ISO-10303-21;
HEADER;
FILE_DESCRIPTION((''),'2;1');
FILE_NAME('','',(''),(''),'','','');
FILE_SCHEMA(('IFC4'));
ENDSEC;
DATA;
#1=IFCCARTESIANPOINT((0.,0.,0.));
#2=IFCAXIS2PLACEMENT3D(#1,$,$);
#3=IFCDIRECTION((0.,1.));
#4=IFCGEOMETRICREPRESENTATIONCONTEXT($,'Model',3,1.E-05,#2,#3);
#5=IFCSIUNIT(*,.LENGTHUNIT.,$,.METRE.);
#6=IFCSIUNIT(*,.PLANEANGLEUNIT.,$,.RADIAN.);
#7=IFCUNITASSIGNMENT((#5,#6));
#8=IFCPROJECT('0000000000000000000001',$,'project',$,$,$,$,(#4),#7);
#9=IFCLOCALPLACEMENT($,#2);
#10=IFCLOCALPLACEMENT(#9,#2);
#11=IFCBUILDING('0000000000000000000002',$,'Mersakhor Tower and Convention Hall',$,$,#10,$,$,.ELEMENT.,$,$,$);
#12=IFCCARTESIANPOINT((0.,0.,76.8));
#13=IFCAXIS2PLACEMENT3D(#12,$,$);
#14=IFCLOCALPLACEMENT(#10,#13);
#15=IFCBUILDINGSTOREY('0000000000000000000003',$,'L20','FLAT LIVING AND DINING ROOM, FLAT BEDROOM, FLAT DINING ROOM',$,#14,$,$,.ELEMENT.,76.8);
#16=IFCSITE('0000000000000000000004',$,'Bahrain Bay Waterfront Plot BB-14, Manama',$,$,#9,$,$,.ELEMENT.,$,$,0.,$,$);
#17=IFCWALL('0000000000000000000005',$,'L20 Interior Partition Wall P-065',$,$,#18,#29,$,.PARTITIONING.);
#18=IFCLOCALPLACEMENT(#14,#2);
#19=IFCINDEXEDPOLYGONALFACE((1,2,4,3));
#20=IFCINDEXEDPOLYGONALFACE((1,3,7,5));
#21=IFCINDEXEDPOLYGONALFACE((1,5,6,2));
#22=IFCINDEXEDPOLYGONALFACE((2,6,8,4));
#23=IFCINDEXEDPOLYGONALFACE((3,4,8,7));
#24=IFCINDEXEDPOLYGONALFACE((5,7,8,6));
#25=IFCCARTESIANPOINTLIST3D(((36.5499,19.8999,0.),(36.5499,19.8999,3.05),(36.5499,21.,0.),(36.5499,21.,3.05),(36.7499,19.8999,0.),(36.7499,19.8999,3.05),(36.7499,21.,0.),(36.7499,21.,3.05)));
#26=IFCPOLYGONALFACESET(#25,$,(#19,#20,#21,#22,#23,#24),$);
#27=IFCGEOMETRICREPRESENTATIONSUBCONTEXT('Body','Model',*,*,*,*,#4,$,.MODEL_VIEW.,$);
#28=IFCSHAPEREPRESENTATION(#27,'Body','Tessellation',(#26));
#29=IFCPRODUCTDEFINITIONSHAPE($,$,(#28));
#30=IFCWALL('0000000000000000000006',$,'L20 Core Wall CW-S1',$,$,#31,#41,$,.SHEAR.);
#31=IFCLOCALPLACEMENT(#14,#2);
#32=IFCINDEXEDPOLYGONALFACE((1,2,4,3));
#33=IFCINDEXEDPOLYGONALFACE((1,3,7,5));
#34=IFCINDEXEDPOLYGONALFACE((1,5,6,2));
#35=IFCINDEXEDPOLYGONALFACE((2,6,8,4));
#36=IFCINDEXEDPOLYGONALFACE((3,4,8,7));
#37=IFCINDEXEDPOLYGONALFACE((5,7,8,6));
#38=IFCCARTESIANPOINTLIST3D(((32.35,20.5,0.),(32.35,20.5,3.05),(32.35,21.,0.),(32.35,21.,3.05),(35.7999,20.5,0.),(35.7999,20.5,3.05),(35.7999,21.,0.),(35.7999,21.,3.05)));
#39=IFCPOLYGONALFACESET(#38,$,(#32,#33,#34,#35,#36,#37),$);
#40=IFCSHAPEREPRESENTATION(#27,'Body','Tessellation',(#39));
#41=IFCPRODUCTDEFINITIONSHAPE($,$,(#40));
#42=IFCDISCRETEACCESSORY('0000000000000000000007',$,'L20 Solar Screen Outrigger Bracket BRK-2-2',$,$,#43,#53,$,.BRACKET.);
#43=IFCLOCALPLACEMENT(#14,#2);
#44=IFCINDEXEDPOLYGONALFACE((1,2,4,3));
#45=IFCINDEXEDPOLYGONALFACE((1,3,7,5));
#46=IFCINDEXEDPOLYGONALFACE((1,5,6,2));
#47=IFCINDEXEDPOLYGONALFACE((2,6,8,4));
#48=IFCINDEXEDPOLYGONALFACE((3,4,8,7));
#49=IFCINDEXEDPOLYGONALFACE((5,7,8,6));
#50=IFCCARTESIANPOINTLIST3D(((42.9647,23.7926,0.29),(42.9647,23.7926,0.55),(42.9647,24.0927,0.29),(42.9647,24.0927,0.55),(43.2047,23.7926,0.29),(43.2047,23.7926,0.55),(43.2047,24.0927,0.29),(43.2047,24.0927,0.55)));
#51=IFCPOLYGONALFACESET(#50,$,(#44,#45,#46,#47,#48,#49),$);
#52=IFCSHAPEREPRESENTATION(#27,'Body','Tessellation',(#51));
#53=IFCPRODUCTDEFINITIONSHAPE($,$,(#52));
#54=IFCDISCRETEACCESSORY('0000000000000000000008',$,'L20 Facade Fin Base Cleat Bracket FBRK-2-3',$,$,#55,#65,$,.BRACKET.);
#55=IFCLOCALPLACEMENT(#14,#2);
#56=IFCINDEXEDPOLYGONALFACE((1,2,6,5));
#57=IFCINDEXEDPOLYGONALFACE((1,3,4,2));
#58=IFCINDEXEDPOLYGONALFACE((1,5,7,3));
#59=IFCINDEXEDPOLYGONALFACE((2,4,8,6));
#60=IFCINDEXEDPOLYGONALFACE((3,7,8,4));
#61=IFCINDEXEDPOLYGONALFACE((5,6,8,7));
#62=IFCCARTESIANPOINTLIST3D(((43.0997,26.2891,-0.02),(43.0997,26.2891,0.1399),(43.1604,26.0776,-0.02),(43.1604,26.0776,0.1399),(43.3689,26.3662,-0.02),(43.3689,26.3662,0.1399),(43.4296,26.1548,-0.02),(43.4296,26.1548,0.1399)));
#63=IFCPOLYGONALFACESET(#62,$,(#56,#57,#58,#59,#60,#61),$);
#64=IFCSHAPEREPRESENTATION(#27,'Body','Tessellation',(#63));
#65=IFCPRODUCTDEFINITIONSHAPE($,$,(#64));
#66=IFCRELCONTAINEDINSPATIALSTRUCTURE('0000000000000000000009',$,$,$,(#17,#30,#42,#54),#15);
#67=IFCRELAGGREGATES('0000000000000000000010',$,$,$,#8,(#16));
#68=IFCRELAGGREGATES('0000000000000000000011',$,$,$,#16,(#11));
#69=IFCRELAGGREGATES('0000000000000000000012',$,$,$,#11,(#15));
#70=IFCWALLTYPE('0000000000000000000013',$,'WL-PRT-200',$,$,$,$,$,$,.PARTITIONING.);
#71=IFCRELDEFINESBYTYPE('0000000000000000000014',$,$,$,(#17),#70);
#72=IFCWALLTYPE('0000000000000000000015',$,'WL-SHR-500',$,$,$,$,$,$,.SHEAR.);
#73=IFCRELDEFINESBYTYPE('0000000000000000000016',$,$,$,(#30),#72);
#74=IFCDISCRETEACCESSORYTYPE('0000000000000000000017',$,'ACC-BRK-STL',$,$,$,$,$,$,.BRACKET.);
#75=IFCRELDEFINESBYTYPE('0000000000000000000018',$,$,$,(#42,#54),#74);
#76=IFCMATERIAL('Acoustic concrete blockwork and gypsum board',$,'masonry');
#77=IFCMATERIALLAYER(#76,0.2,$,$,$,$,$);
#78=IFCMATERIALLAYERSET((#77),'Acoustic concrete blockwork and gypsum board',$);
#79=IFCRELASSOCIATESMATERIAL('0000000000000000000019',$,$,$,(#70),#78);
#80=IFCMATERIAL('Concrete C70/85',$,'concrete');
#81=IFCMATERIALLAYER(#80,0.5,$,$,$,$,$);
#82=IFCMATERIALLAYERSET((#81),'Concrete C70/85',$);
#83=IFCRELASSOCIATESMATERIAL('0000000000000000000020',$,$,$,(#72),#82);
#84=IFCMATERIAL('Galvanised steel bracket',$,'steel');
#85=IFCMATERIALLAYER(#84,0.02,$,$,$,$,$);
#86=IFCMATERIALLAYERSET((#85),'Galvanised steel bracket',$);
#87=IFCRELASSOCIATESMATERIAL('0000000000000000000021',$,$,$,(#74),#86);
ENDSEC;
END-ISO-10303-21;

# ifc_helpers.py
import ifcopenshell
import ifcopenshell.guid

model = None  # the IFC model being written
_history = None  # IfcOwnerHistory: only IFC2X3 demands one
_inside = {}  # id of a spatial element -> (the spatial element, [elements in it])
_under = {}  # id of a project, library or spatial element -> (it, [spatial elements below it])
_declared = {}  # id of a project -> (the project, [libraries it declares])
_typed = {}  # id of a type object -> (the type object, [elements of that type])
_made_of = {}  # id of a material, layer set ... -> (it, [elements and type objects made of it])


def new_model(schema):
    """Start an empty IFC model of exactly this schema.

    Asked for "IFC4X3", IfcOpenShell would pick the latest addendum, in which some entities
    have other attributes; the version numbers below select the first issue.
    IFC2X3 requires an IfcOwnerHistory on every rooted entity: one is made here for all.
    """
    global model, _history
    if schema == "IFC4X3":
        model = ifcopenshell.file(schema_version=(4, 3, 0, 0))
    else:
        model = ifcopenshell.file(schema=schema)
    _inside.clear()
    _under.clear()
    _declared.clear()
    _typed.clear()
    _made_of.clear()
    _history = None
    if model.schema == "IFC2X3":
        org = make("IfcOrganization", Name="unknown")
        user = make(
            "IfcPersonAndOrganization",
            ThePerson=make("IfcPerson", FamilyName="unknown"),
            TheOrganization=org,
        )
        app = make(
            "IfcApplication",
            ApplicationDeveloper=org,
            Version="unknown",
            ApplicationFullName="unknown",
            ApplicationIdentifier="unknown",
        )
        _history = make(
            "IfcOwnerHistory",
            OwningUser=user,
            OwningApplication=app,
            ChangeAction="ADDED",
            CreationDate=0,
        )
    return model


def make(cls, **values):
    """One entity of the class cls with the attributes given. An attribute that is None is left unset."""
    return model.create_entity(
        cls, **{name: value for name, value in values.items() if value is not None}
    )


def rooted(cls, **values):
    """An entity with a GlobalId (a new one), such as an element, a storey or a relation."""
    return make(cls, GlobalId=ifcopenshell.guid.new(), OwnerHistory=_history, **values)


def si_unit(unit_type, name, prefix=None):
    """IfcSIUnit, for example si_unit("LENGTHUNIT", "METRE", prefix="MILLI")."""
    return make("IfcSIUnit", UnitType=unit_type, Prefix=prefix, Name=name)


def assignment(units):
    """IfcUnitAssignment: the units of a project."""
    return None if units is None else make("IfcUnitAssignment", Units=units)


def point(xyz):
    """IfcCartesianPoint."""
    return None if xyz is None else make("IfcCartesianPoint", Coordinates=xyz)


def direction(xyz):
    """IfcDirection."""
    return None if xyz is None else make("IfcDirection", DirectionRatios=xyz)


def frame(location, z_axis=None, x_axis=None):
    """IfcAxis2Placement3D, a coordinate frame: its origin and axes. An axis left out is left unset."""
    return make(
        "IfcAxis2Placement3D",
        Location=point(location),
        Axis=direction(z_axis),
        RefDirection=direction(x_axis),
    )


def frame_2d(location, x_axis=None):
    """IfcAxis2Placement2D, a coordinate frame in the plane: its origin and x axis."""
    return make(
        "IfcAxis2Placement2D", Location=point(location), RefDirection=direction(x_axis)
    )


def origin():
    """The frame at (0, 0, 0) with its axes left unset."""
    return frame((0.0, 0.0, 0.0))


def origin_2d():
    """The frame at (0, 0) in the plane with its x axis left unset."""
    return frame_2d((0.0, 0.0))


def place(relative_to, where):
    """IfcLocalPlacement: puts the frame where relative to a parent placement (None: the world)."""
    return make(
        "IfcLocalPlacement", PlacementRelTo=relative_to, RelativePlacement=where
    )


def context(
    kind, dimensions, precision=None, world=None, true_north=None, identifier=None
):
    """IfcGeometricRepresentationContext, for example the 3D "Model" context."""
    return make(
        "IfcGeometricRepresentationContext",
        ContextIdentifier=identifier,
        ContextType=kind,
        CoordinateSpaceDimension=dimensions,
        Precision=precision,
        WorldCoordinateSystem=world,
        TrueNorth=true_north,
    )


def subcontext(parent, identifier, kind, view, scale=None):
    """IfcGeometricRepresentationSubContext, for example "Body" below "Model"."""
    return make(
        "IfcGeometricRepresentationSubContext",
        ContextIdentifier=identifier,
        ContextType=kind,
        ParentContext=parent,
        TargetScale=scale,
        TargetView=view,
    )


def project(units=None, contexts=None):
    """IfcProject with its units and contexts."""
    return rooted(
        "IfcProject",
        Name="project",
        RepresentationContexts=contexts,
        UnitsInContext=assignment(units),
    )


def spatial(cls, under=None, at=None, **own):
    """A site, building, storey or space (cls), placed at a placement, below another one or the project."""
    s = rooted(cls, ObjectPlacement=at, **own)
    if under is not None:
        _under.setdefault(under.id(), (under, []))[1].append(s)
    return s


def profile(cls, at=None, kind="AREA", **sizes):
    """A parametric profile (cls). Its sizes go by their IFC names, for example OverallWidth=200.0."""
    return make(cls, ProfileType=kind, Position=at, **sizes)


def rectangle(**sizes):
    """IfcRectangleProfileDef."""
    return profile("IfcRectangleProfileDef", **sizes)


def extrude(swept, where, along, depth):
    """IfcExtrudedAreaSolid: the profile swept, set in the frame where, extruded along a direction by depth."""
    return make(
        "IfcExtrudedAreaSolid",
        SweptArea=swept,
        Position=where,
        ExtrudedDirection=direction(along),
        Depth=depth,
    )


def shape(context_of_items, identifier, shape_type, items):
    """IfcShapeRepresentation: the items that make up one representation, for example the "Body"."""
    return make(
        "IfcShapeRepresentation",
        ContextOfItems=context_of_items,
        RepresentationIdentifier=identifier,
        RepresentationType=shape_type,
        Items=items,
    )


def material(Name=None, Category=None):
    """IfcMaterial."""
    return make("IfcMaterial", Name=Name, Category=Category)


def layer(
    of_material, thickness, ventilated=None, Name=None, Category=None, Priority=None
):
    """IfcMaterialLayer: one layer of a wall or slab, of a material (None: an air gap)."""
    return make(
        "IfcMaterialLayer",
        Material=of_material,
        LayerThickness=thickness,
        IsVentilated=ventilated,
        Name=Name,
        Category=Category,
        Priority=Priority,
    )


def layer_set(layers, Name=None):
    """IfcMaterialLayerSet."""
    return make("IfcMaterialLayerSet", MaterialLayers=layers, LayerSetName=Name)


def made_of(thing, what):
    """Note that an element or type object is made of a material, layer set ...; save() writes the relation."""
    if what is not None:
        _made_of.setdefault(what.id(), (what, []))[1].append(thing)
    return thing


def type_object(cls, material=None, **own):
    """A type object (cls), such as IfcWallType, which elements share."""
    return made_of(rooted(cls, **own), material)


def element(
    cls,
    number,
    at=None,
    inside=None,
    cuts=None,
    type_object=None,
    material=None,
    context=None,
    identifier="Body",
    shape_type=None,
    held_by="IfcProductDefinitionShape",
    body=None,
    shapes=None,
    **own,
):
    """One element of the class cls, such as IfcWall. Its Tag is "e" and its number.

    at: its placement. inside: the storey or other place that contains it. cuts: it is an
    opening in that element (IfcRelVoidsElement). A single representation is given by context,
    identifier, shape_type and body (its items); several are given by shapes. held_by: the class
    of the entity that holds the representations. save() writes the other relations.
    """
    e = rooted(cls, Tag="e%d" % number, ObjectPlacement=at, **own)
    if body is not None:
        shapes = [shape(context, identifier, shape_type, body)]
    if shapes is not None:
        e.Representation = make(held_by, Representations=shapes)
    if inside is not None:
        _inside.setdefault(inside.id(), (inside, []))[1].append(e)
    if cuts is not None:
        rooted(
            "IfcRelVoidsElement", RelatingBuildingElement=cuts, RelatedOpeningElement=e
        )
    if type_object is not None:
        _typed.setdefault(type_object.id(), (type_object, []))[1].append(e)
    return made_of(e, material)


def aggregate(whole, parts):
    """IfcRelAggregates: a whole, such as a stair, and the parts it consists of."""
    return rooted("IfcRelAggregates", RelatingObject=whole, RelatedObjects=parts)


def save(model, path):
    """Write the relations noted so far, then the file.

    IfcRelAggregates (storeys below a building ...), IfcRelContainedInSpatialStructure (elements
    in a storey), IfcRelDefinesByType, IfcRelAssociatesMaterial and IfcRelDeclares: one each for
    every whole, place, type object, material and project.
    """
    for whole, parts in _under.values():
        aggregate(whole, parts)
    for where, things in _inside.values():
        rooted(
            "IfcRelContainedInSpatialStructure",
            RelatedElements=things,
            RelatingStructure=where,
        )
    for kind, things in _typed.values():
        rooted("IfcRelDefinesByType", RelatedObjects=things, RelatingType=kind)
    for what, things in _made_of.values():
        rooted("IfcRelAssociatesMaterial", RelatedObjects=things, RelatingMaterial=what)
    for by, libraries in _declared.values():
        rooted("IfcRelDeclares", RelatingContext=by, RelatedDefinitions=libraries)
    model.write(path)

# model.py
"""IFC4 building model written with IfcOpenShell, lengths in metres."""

from ifc_helpers import new_model, si_unit, direction, frame, frame_2d, origin, origin_2d, place, context, subcontext, project, spatial, rectangle, extrude, material, layer, layer_set, type_object, element, save


model = new_model("IFC4")

# Units and contexts
model_context = context("Model", 3, precision=1e-05, world=origin(), true_north=direction((0.0, 1.0)))
body_context = subcontext(model_context, "Body", "Model", "MODEL_VIEW")
ifc_project = project(units=[si_unit("LENGTHUNIT", "METRE"), si_unit("PLANEANGLEUNIT", "RADIAN")], contexts=[model_context])

# Site, building, storey
site_placement = place(None, origin())
site = spatial("IfcSite", under=ifc_project, at=site_placement, Name="Bahrain Bay Waterfront Plot BB-14, Manama", CompositionType="ELEMENT", RefElevation=0.0)
building_placement = place(site_placement, origin())
building = spatial("IfcBuilding", under=site, at=building_placement, Name="Mersakhor Tower and Convention Hall", CompositionType="ELEMENT")
storey_placement = place(building_placement, frame((0.0, 0.0, 76.8)))
storey = spatial("IfcBuildingStorey", under=building, at=storey_placement, Name="L20", Description="FLAT LIVING AND DINING ROOM, FLAT BEDROOM, FLAT DINING ROOM", CompositionType="ELEMENT", Elevation=76.8)

# Walls
ifc_material_1 = material(Name="Acoustic concrete blockwork and gypsum board", Category="masonry")
ifc_layer_1 = layer(ifc_material_1, 0.2)
ifc_layer_set_1 = layer_set([ifc_layer_1], Name="Acoustic concrete blockwork and gypsum board")
wall_type_1 = type_object("IfcWallType", Name="WL-PRT-200", PredefinedType="PARTITIONING", material=ifc_layer_set_1)
wall_1_placement = place(storey_placement, frame((36.6499, 19.8999, 0.0), z_axis=(0.0, 0.0, 1.0), x_axis=(0.0, 1.0, 0.0)))
element("IfcWall", 1, at=wall_1_placement, inside=storey, type_object=wall_type_1, Name="L20 Interior Partition Wall P-065", PredefinedType="PARTITIONING", context=body_context, shape_type="SweptSolid", body=[
    extrude(rectangle(XDim=1.1001, YDim=0.2, at=frame_2d((0.55, 0.0))), origin(), (0.0, 0.0, 1.0), 3.05),
])
ifc_material_2 = material(Name="Concrete C70/85", Category="concrete")
ifc_layer_2 = layer(ifc_material_2, 0.5)
ifc_layer_set_2 = layer_set([ifc_layer_2], Name="Concrete C70/85")
wall_type_2 = type_object("IfcWallType", Name="WL-SHR-500", PredefinedType="SHEAR", material=ifc_layer_set_2)
wall_2_placement = place(storey_placement, frame((35.8, 20.75, 0.0), z_axis=(0.0, 0.0, 1.0), x_axis=(-1.0, 0.0, 0.0)))
element("IfcWall", 2, at=wall_2_placement, inside=storey, type_object=wall_type_2, Name="L20 Core Wall CW-S1", PredefinedType="SHEAR", context=body_context, shape_type="SweptSolid", body=[
    extrude(rectangle(XDim=3.45, YDim=0.5, at=frame_2d((1.7251, 0.0))), origin(), (0.0, 0.0, 1.0), 3.05),
])

# Discrete accessories
ifc_material_3 = material(Name="Galvanised steel bracket", Category="steel")
ifc_layer_3 = layer(ifc_material_3, 0.02)
ifc_layer_set_3 = layer_set([ifc_layer_3], Name="Galvanised steel bracket")
discrete_accessory_type = type_object("IfcDiscreteAccessoryType", Name="ACC-BRK-STL", PredefinedType="BRACKET", material=ifc_layer_set_3)
discrete_accessory_1_placement = place(storey_placement, frame((43.0847, 23.9426, 0.29), z_axis=(0.0, 0.0, 1.0), x_axis=(0.0, -1.0, 0.0)))
element("IfcDiscreteAccessory", 3, at=discrete_accessory_1_placement, inside=storey, type_object=discrete_accessory_type, Name="L20 Solar Screen Outrigger Bracket BRK-2-2", PredefinedType="BRACKET", context=body_context, shape_type="SweptSolid", body=[
    extrude(rectangle(XDim=0.3, YDim=0.24, at=origin_2d()), origin(), (0.0, 0.0, 1.0), 0.26),
])
discrete_accessory_2_placement = place(storey_placement, frame((43.2646, 26.2219, -0.02), z_axis=(0.0, 0.0, 1.0), x_axis=(0.961262, 0.275637, 0.0)))
element("IfcDiscreteAccessory", 4, at=discrete_accessory_2_placement, inside=storey, type_object=discrete_accessory_type, Name="L20 Facade Fin Base Cleat Bracket FBRK-2-3", PredefinedType="BRACKET", context=body_context, shape_type="SweptSolid", body=[
    extrude(rectangle(XDim=0.28, YDim=0.22, at=origin_2d()), origin(), (0.0, 0.0, 1.0), 0.1599),
])

save(model, "model.ifc")
